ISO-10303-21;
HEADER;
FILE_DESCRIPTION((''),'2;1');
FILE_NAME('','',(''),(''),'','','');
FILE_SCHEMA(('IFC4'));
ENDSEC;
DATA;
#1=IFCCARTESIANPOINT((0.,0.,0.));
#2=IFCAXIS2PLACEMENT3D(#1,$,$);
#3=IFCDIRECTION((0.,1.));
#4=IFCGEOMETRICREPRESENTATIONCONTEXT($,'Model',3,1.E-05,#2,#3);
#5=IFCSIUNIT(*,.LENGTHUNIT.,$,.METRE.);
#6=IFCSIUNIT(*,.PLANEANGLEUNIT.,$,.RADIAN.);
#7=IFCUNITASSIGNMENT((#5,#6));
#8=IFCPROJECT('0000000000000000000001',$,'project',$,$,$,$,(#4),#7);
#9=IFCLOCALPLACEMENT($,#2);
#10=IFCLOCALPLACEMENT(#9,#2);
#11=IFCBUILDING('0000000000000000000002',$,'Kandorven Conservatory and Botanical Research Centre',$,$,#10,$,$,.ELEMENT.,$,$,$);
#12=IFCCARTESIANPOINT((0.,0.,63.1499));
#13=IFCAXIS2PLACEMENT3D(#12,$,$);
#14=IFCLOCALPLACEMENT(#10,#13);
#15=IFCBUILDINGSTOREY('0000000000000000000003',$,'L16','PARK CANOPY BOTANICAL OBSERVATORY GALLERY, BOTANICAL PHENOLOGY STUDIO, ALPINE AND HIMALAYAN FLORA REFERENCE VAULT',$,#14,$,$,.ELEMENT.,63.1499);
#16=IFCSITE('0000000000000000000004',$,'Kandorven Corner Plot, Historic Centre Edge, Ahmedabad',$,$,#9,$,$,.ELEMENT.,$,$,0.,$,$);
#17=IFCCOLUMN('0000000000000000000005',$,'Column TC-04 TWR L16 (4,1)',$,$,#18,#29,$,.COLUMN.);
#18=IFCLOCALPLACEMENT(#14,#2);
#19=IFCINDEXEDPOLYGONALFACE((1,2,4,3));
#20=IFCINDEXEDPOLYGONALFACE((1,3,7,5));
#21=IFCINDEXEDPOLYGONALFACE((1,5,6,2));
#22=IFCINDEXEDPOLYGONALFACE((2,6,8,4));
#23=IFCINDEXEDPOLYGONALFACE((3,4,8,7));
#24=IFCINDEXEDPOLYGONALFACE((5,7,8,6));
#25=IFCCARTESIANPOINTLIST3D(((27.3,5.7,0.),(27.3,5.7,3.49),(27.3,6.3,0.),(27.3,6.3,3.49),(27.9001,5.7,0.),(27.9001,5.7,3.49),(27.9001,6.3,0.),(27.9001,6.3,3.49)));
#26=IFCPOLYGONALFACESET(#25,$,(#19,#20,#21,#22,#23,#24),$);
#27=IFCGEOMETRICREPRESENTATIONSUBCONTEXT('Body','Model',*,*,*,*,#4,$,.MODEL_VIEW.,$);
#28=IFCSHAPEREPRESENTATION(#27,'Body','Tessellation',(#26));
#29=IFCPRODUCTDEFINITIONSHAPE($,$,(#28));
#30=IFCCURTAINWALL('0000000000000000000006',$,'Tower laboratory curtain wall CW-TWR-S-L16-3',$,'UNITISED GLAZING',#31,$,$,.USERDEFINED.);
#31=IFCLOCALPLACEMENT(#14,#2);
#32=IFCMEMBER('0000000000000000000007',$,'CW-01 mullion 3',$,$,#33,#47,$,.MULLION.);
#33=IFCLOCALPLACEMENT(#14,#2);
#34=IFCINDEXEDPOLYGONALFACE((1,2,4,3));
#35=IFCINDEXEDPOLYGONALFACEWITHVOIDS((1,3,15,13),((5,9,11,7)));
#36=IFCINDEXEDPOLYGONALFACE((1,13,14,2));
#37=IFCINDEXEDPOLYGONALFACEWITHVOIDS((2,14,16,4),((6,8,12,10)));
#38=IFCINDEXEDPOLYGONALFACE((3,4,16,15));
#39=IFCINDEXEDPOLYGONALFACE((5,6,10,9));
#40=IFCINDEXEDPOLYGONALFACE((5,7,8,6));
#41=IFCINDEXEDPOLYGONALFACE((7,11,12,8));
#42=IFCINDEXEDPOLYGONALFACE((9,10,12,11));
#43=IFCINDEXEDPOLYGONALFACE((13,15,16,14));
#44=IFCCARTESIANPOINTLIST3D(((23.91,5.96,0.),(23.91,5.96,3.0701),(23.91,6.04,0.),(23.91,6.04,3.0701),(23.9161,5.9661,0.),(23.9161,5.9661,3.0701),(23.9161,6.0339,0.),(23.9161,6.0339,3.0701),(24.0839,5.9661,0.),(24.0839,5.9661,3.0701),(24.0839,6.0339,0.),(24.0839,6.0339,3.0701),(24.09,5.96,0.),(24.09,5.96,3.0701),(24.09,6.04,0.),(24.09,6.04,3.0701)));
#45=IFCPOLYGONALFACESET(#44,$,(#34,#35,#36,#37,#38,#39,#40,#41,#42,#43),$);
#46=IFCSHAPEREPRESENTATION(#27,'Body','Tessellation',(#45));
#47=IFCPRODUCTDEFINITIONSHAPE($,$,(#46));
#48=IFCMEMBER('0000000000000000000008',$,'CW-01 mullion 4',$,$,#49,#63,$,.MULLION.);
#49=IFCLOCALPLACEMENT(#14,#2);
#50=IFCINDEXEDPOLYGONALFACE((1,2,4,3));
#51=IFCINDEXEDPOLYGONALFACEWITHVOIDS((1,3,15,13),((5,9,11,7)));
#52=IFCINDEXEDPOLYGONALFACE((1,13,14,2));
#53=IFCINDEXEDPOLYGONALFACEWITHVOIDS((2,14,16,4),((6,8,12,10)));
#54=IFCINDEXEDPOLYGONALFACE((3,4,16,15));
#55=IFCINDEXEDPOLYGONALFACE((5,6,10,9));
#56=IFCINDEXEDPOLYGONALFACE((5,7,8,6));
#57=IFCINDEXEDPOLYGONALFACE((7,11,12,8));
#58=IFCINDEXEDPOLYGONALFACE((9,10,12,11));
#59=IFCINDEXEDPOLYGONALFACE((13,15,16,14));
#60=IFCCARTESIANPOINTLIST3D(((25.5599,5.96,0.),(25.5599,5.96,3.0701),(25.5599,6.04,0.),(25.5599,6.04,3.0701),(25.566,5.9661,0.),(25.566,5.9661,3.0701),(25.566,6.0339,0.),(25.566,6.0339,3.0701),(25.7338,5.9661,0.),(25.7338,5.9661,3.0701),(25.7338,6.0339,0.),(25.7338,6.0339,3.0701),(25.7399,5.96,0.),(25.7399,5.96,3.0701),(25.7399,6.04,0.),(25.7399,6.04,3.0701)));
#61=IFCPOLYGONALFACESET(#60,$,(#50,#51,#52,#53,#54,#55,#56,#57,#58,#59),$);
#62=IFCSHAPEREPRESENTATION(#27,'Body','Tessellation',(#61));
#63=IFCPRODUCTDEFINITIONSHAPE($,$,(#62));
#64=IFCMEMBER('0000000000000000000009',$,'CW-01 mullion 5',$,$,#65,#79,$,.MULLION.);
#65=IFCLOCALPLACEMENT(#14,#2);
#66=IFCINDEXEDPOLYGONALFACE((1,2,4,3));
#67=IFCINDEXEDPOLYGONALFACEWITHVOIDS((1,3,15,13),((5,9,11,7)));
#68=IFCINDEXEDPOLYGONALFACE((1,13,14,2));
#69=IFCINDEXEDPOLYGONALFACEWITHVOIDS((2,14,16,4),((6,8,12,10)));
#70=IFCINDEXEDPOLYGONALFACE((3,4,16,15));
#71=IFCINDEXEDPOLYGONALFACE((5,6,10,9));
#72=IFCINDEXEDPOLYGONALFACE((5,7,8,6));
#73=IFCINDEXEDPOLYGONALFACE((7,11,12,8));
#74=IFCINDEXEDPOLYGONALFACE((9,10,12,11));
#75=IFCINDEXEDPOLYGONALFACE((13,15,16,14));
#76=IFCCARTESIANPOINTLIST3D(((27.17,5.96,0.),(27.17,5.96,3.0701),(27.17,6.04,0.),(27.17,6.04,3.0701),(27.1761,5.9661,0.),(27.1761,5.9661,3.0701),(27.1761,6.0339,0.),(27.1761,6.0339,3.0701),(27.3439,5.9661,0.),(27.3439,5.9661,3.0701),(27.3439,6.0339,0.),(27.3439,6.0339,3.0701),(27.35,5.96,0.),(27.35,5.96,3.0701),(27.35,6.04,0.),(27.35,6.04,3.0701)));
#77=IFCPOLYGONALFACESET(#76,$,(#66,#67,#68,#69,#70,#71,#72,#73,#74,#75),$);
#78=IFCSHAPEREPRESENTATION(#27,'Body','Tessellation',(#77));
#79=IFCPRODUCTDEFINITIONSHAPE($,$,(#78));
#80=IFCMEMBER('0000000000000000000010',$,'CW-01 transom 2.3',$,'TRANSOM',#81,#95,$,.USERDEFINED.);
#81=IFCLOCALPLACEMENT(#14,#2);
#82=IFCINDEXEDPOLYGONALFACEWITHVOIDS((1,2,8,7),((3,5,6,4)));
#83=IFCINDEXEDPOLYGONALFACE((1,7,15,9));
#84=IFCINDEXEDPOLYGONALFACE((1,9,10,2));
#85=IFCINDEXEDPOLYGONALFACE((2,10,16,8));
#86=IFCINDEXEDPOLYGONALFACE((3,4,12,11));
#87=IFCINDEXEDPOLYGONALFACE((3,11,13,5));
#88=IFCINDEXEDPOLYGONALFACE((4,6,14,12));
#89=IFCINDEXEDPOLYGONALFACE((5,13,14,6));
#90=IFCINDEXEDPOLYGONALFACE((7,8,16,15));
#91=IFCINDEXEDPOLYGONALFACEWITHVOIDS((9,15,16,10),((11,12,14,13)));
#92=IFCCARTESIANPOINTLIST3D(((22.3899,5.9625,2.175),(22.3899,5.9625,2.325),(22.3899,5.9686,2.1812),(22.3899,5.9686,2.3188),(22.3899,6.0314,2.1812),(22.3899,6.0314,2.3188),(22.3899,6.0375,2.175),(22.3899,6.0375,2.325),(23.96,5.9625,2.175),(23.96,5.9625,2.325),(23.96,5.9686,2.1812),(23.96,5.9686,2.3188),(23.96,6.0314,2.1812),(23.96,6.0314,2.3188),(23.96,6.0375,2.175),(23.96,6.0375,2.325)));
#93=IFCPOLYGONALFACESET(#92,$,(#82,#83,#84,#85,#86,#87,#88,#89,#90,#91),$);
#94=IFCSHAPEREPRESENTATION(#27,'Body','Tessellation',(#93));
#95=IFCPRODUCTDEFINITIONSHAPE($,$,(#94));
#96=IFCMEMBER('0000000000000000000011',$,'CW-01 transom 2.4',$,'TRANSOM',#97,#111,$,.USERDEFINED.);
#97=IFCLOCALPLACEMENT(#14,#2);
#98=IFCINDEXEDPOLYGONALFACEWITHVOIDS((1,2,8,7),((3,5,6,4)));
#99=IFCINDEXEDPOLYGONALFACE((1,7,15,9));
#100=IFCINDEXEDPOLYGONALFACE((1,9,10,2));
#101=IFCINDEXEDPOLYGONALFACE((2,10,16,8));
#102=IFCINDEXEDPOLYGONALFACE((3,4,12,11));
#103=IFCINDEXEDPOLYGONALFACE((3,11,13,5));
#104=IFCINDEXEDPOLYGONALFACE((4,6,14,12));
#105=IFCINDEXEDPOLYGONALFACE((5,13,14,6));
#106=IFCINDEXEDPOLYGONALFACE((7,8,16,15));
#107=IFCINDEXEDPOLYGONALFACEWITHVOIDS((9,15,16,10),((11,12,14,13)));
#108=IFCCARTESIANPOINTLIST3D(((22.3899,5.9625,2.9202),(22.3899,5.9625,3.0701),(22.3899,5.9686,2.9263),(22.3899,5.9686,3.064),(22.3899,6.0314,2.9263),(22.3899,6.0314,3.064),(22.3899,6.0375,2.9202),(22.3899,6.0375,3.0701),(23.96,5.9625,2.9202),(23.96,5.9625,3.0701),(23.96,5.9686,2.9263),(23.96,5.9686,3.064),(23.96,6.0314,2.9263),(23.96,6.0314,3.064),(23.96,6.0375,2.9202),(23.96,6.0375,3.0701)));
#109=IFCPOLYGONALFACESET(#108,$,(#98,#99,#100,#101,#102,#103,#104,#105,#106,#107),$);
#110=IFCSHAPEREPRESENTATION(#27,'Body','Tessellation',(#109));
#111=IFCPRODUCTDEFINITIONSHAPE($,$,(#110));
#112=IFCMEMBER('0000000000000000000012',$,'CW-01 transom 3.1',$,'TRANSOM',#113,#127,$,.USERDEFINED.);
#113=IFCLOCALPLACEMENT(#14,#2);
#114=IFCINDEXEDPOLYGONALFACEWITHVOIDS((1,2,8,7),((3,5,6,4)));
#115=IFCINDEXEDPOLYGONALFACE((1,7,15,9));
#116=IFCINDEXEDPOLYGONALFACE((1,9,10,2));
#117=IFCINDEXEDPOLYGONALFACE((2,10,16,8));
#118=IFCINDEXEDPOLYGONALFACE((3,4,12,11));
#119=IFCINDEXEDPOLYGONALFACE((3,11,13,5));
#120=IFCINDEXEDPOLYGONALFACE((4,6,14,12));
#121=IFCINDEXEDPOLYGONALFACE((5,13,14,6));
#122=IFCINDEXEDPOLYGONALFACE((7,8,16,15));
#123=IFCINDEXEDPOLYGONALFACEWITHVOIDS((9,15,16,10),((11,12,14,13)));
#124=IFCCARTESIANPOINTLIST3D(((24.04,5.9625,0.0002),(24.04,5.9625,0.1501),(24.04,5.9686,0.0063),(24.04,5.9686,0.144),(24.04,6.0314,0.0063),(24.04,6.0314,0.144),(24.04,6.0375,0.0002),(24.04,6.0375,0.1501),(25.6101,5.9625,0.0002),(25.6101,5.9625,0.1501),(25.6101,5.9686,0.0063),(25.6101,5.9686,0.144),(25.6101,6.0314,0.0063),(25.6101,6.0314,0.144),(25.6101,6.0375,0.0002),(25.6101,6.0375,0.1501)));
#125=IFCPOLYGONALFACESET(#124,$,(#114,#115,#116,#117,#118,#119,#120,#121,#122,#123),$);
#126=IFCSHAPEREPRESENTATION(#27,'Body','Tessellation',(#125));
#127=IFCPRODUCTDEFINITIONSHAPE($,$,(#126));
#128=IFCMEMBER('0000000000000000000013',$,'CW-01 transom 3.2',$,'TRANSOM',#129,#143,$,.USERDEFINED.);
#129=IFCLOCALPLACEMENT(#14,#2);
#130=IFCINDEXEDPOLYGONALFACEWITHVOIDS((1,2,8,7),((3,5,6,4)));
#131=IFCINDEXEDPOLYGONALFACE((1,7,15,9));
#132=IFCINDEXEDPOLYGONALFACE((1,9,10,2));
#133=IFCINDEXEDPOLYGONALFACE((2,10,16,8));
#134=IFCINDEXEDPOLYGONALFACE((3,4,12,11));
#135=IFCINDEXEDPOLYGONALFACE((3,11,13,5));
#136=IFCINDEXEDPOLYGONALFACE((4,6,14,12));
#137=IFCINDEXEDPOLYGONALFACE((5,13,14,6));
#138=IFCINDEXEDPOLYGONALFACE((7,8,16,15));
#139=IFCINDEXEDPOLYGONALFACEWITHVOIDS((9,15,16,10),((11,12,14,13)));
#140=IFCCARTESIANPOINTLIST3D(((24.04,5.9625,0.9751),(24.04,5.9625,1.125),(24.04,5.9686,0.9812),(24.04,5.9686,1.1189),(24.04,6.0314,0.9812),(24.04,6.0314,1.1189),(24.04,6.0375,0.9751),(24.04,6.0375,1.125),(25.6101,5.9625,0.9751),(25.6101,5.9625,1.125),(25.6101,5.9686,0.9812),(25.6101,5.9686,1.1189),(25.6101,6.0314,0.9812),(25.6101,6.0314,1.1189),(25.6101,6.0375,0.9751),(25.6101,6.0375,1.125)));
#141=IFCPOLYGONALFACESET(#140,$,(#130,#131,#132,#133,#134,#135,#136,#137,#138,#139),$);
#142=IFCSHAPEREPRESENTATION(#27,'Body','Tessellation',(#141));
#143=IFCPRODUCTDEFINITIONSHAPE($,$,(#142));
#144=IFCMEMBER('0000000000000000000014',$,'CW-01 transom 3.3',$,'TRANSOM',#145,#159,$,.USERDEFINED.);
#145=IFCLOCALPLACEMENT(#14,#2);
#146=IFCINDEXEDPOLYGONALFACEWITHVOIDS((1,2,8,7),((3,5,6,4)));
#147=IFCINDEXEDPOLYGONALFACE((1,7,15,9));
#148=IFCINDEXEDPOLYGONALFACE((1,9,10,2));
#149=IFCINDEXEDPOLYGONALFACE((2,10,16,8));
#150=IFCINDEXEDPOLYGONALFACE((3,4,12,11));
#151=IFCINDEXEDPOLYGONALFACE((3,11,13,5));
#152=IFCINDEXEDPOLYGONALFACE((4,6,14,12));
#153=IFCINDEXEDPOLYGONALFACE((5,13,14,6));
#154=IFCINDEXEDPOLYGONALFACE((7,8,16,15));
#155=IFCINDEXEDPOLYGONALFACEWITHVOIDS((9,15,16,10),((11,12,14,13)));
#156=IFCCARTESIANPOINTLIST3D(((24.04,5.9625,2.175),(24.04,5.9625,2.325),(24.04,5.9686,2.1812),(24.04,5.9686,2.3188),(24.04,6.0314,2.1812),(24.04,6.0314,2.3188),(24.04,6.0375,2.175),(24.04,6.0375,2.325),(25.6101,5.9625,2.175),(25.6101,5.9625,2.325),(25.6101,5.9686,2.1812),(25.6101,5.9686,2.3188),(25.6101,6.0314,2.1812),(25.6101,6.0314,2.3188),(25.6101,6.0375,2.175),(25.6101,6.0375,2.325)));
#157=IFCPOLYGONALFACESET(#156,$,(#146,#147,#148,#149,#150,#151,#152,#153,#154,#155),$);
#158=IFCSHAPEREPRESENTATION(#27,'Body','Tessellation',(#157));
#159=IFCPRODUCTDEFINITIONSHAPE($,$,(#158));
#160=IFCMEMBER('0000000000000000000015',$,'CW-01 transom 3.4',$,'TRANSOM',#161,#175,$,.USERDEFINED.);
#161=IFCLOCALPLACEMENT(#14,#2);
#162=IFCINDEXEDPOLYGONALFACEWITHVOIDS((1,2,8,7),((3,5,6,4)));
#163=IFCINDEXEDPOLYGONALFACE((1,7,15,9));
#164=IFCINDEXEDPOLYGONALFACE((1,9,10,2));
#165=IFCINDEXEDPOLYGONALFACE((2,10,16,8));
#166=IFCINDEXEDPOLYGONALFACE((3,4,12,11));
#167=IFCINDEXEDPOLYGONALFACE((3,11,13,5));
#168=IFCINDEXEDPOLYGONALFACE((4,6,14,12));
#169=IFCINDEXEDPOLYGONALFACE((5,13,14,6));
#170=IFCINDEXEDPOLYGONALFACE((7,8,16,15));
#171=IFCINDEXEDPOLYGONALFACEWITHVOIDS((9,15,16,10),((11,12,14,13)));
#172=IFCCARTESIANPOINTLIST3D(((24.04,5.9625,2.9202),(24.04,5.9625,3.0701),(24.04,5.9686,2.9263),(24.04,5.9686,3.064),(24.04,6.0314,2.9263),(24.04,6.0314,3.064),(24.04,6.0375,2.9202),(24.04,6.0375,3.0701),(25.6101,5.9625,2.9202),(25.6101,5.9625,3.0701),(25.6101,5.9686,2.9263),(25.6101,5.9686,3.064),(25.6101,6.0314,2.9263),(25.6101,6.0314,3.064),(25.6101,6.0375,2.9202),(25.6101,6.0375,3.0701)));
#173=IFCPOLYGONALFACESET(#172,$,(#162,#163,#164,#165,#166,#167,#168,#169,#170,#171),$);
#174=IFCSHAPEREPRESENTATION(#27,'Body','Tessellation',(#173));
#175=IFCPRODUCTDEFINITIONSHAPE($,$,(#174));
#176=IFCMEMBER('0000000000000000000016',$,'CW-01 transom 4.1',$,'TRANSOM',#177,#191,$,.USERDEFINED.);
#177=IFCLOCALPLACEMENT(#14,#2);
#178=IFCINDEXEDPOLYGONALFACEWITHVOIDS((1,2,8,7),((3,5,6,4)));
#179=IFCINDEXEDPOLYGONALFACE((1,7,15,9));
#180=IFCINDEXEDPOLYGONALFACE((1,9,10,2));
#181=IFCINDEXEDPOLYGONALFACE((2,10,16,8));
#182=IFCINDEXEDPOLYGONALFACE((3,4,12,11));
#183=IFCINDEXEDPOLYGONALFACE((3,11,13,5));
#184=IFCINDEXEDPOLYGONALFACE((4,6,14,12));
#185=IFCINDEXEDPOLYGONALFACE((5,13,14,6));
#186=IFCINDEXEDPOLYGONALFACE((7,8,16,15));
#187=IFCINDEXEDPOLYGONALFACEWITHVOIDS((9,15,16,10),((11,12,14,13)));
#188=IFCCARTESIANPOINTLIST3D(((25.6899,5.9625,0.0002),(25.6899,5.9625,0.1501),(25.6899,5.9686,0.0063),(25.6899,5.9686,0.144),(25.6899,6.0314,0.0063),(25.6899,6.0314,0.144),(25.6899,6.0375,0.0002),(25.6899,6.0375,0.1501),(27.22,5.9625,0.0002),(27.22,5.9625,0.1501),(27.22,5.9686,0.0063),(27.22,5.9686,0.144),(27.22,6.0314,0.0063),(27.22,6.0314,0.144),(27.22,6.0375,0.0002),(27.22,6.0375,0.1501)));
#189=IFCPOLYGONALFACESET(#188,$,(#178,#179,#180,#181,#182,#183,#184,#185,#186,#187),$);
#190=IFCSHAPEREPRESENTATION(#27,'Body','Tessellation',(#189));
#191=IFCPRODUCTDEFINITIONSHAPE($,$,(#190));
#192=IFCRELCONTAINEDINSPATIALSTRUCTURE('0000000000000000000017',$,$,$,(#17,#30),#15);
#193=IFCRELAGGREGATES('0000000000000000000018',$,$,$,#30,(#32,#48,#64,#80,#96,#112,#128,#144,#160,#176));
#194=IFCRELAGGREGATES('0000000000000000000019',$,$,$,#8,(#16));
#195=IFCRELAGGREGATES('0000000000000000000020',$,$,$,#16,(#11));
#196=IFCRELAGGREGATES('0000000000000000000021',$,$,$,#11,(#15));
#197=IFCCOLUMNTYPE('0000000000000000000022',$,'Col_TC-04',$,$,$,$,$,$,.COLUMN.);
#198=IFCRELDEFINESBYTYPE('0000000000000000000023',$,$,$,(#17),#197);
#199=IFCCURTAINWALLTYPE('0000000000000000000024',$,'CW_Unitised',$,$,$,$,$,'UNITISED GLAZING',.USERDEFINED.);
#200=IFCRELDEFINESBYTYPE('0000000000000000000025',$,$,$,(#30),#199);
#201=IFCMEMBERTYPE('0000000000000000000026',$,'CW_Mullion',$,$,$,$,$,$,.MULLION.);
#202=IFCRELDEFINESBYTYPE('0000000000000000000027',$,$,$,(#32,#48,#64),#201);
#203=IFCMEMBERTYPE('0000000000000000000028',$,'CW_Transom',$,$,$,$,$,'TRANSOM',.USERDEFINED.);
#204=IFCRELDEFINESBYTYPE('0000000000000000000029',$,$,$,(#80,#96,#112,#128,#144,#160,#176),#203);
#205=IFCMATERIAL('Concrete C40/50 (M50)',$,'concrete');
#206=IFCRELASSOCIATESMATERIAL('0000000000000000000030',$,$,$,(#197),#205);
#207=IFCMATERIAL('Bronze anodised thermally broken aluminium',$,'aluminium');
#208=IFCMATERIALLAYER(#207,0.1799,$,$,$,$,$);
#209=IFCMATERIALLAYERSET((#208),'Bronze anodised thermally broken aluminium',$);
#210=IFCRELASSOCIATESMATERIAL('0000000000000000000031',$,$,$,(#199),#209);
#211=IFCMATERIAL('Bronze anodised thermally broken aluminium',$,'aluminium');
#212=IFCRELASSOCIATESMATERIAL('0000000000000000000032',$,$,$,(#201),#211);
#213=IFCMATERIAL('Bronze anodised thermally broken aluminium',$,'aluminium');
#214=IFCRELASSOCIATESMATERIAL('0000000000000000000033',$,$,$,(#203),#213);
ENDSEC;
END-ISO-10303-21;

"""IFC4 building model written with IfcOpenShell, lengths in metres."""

from ifc_helpers import new_model, si_unit, direction, frame, origin, origin_2d, place, context, subcontext, project, spatial, rectangle, hollow_rectangle, extrude, material, layer, layer_set, material_profile, profile_set, type_object, element, aggregate, save


model = new_model("IFC4")

# Units and contexts
model_context = context("Model", 3, precision=1e-05, world=origin(), true_north=direction((0.0, 1.0)))
body_context = subcontext(model_context, "Body", "Model", "MODEL_VIEW")
ifc_project = project(units=[si_unit("LENGTHUNIT", "METRE"), si_unit("PLANEANGLEUNIT", "RADIAN")], contexts=[model_context])

# Site, building, storey
site_placement = place(None, origin())
site = spatial("IfcSite", under=ifc_project, at=site_placement, Name="Kandorven Corner Plot, Historic Centre Edge, Ahmedabad", CompositionType="ELEMENT", RefElevation=0.0)
building_placement = place(site_placement, origin())
building = spatial("IfcBuilding", under=site, at=building_placement, Name="Kandorven Conservatory and Botanical Research Centre", CompositionType="ELEMENT")
storey_placement = place(building_placement, frame((0.0, 0.0, 63.1499)))
storey = spatial("IfcBuildingStorey", under=building, at=storey_placement, Name="L16", Description="PARK CANOPY BOTANICAL OBSERVATORY GALLERY, BOTANICAL PHENOLOGY STUDIO, ALPINE AND HIMALAYAN FLORA REFERENCE VAULT", CompositionType="ELEMENT", Elevation=63.1499)

# Column
ifc_material_1 = material(Name="Concrete C40/50 (M50)", Category="concrete")
ifc_material_profile_1 = material_profile(ifc_material_1, rectangle(XDim=0.6001, YDim=0.6001, at=origin_2d()))
ifc_profile_set_1 = profile_set([ifc_material_profile_1], Name="Concrete C40/50 (M50)")
column_type = type_object("IfcColumnType", Name="Col_TC-04", PredefinedType="COLUMN", material=ifc_profile_set_1)
column_placement = place(storey_placement, frame((27.6001, 6.0, 0.0), z_axis=(0.0, 0.0, 1.0), x_axis=(1.0, 0.0, 0.0)))
element("IfcColumn", 1, at=column_placement, inside=storey, type_object=column_type, Name="Column TC-04 TWR L16 (4,1)", PredefinedType="COLUMN", context=body_context, shape_type="SweptSolid", body=[
    extrude(rectangle(XDim=0.6001, YDim=0.6001, at=origin_2d()), origin(), (0.0, 0.0, 1.0), 3.49),
])

# Curtain wall, members
ifc_material_2 = material(Name="Bronze anodised thermally broken aluminium", Category="aluminium")
ifc_layer_1 = layer(ifc_material_2, 0.1799)
ifc_layer_set_1 = layer_set([ifc_layer_1], Name="Bronze anodised thermally broken aluminium")
curtain_wall_type = type_object("IfcCurtainWallType", Name="CW_Unitised", ElementType="UNITISED GLAZING", PredefinedType="USERDEFINED", material=ifc_layer_set_1)
curtain_wall_placement = place(storey_placement, origin())
curtain_wall = element("IfcCurtainWall", 2, at=curtain_wall_placement, inside=storey, type_object=curtain_wall_type, Name="Tower laboratory curtain wall CW-TWR-S-L16-3", ObjectType="UNITISED GLAZING", PredefinedType="USERDEFINED")
ifc_material_3 = material(Name="Bronze anodised thermally broken aluminium", Category="aluminium")
ifc_material_profile_2 = material_profile(ifc_material_3, hollow_rectangle(XDim=0.0801, YDim=0.1799, WallThickness=0.0061, at=origin_2d()))
ifc_profile_set_2 = profile_set([ifc_material_profile_2], Name="Bronze anodised thermally broken aluminium")
member_type_1 = type_object("IfcMemberType", Name="CW_Mullion", PredefinedType="MULLION", material=ifc_profile_set_2)
member_1_placement = place(storey_placement, frame((24.0, 6.0, 0.0), z_axis=(0.0, 0.0, 1.0), x_axis=(0.0, 1.0, 0.0)))
member_1 = element("IfcMember", 3, at=member_1_placement, type_object=member_type_1, Name="CW-01 mullion 3", PredefinedType="MULLION", context=body_context, shape_type="SweptSolid", body=[
    extrude(hollow_rectangle(XDim=0.0801, YDim=0.1799, WallThickness=0.0061, at=origin_2d()), origin(), (0.0, 0.0, 1.0), 3.0701),
])
member_2_placement = place(storey_placement, frame((25.6499, 6.0, 0.0), z_axis=(0.0, 0.0, 1.0), x_axis=(0.0, 1.0, 0.0)))
member_2 = element("IfcMember", 4, at=member_2_placement, type_object=member_type_1, Name="CW-01 mullion 4", PredefinedType="MULLION", context=body_context, shape_type="SweptSolid", body=[
    extrude(hollow_rectangle(XDim=0.0801, YDim=0.1799, WallThickness=0.0061, at=origin_2d()), origin(), (0.0, 0.0, 1.0), 3.0701),
])
member_3_placement = place(storey_placement, frame((27.26, 6.0, 0.0), z_axis=(0.0, 0.0, 1.0), x_axis=(0.0, 1.0, 0.0)))
member_3 = element("IfcMember", 5, at=member_3_placement, type_object=member_type_1, Name="CW-01 mullion 5", PredefinedType="MULLION", context=body_context, shape_type="SweptSolid", body=[
    extrude(hollow_rectangle(XDim=0.0801, YDim=0.1799, WallThickness=0.0061, at=origin_2d()), origin(), (0.0, 0.0, 1.0), 3.0701),
])
ifc_material_4 = material(Name="Bronze anodised thermally broken aluminium", Category="aluminium")
ifc_material_profile_3 = material_profile(ifc_material_4, hollow_rectangle(XDim=0.075, YDim=0.1499, WallThickness=0.0061, at=origin_2d()))
ifc_profile_set_3 = profile_set([ifc_material_profile_3], Name="Bronze anodised thermally broken aluminium")
member_type_2 = type_object("IfcMemberType", Name="CW_Transom", ElementType="TRANSOM", PredefinedType="USERDEFINED", material=ifc_profile_set_3)
member_4_placement = place(storey_placement, frame((22.3899, 6.0, 2.25), z_axis=(1.0, 0.0, 0.0), x_axis=(0.0, 1.0, 0.0)))
member_4 = element("IfcMember", 6, at=member_4_placement, type_object=member_type_2, Name="CW-01 transom 2.3", ObjectType="TRANSOM", PredefinedType="USERDEFINED", context=body_context, shape_type="SweptSolid", body=[
    extrude(hollow_rectangle(XDim=0.075, YDim=0.1499, WallThickness=0.0061, at=origin_2d()), origin(), (0.0, 0.0, 1.0), 1.5701),
])
member_5_placement = place(storey_placement, frame((22.3899, 6.0, 2.9951), z_axis=(1.0, 0.0, 0.0), x_axis=(0.0, 1.0, 0.0)))
member_5 = element("IfcMember", 7, at=member_5_placement, type_object=member_type_2, Name="CW-01 transom 2.4", ObjectType="TRANSOM", PredefinedType="USERDEFINED", context=body_context, shape_type="SweptSolid", body=[
    extrude(hollow_rectangle(XDim=0.075, YDim=0.1499, WallThickness=0.0061, at=origin_2d()), origin(), (0.0, 0.0, 1.0), 1.5701),
])
member_6_placement = place(storey_placement, frame((24.04, 6.0, 0.0752), z_axis=(1.0, 0.0, 0.0), x_axis=(0.0, 1.0, 0.0)))
member_6 = element("IfcMember", 8, at=member_6_placement, type_object=member_type_2, Name="CW-01 transom 3.1", ObjectType="TRANSOM", PredefinedType="USERDEFINED", context=body_context, shape_type="SweptSolid", body=[
    extrude(hollow_rectangle(XDim=0.075, YDim=0.1499, WallThickness=0.0061, at=origin_2d()), origin(), (0.0, 0.0, 1.0), 1.5701),
])
member_7_placement = place(storey_placement, frame((24.04, 6.0, 1.05), z_axis=(1.0, 0.0, 0.0), x_axis=(0.0, 1.0, 0.0)))
member_7 = element("IfcMember", 9, at=member_7_placement, type_object=member_type_2, Name="CW-01 transom 3.2", ObjectType="TRANSOM", PredefinedType="USERDEFINED", context=body_context, shape_type="SweptSolid", body=[
    extrude(hollow_rectangle(XDim=0.075, YDim=0.1499, WallThickness=0.0061, at=origin_2d()), origin(), (0.0, 0.0, 1.0), 1.5701),
])
member_8_placement = place(storey_placement, frame((24.04, 6.0, 2.25), z_axis=(1.0, 0.0, 0.0), x_axis=(0.0, 1.0, 0.0)))
member_8 = element("IfcMember", 10, at=member_8_placement, type_object=member_type_2, Name="CW-01 transom 3.3", ObjectType="TRANSOM", PredefinedType="USERDEFINED", context=body_context, shape_type="SweptSolid", body=[
    extrude(hollow_rectangle(XDim=0.075, YDim=0.1499, WallThickness=0.0061, at=origin_2d()), origin(), (0.0, 0.0, 1.0), 1.5701),
])
member_9_placement = place(storey_placement, frame((24.04, 6.0, 2.9951), z_axis=(1.0, 0.0, 0.0), x_axis=(0.0, 1.0, 0.0)))
member_9 = element("IfcMember", 11, at=member_9_placement, type_object=member_type_2, Name="CW-01 transom 3.4", ObjectType="TRANSOM", PredefinedType="USERDEFINED", context=body_context, shape_type="SweptSolid", body=[
    extrude(hollow_rectangle(XDim=0.075, YDim=0.1499, WallThickness=0.0061, at=origin_2d()), origin(), (0.0, 0.0, 1.0), 1.5701),
])
member_10_placement = place(storey_placement, frame((25.6899, 6.0, 0.0752), z_axis=(1.0, 0.0, 0.0), x_axis=(0.0, 1.0, 0.0)))
member_10 = element("IfcMember", 12, at=member_10_placement, type_object=member_type_2, Name="CW-01 transom 4.1", ObjectType="TRANSOM", PredefinedType="USERDEFINED", context=body_context, shape_type="SweptSolid", body=[
    extrude(hollow_rectangle(XDim=0.075, YDim=0.1499, WallThickness=0.0061, at=origin_2d()), origin(), (0.0, 0.0, 1.0), 1.53),
])
aggregate(curtain_wall, [member_1, member_2, member_3, member_4, member_5, member_6, member_7, member_8, member_9, member_10])

save(model, "model.ifc")
